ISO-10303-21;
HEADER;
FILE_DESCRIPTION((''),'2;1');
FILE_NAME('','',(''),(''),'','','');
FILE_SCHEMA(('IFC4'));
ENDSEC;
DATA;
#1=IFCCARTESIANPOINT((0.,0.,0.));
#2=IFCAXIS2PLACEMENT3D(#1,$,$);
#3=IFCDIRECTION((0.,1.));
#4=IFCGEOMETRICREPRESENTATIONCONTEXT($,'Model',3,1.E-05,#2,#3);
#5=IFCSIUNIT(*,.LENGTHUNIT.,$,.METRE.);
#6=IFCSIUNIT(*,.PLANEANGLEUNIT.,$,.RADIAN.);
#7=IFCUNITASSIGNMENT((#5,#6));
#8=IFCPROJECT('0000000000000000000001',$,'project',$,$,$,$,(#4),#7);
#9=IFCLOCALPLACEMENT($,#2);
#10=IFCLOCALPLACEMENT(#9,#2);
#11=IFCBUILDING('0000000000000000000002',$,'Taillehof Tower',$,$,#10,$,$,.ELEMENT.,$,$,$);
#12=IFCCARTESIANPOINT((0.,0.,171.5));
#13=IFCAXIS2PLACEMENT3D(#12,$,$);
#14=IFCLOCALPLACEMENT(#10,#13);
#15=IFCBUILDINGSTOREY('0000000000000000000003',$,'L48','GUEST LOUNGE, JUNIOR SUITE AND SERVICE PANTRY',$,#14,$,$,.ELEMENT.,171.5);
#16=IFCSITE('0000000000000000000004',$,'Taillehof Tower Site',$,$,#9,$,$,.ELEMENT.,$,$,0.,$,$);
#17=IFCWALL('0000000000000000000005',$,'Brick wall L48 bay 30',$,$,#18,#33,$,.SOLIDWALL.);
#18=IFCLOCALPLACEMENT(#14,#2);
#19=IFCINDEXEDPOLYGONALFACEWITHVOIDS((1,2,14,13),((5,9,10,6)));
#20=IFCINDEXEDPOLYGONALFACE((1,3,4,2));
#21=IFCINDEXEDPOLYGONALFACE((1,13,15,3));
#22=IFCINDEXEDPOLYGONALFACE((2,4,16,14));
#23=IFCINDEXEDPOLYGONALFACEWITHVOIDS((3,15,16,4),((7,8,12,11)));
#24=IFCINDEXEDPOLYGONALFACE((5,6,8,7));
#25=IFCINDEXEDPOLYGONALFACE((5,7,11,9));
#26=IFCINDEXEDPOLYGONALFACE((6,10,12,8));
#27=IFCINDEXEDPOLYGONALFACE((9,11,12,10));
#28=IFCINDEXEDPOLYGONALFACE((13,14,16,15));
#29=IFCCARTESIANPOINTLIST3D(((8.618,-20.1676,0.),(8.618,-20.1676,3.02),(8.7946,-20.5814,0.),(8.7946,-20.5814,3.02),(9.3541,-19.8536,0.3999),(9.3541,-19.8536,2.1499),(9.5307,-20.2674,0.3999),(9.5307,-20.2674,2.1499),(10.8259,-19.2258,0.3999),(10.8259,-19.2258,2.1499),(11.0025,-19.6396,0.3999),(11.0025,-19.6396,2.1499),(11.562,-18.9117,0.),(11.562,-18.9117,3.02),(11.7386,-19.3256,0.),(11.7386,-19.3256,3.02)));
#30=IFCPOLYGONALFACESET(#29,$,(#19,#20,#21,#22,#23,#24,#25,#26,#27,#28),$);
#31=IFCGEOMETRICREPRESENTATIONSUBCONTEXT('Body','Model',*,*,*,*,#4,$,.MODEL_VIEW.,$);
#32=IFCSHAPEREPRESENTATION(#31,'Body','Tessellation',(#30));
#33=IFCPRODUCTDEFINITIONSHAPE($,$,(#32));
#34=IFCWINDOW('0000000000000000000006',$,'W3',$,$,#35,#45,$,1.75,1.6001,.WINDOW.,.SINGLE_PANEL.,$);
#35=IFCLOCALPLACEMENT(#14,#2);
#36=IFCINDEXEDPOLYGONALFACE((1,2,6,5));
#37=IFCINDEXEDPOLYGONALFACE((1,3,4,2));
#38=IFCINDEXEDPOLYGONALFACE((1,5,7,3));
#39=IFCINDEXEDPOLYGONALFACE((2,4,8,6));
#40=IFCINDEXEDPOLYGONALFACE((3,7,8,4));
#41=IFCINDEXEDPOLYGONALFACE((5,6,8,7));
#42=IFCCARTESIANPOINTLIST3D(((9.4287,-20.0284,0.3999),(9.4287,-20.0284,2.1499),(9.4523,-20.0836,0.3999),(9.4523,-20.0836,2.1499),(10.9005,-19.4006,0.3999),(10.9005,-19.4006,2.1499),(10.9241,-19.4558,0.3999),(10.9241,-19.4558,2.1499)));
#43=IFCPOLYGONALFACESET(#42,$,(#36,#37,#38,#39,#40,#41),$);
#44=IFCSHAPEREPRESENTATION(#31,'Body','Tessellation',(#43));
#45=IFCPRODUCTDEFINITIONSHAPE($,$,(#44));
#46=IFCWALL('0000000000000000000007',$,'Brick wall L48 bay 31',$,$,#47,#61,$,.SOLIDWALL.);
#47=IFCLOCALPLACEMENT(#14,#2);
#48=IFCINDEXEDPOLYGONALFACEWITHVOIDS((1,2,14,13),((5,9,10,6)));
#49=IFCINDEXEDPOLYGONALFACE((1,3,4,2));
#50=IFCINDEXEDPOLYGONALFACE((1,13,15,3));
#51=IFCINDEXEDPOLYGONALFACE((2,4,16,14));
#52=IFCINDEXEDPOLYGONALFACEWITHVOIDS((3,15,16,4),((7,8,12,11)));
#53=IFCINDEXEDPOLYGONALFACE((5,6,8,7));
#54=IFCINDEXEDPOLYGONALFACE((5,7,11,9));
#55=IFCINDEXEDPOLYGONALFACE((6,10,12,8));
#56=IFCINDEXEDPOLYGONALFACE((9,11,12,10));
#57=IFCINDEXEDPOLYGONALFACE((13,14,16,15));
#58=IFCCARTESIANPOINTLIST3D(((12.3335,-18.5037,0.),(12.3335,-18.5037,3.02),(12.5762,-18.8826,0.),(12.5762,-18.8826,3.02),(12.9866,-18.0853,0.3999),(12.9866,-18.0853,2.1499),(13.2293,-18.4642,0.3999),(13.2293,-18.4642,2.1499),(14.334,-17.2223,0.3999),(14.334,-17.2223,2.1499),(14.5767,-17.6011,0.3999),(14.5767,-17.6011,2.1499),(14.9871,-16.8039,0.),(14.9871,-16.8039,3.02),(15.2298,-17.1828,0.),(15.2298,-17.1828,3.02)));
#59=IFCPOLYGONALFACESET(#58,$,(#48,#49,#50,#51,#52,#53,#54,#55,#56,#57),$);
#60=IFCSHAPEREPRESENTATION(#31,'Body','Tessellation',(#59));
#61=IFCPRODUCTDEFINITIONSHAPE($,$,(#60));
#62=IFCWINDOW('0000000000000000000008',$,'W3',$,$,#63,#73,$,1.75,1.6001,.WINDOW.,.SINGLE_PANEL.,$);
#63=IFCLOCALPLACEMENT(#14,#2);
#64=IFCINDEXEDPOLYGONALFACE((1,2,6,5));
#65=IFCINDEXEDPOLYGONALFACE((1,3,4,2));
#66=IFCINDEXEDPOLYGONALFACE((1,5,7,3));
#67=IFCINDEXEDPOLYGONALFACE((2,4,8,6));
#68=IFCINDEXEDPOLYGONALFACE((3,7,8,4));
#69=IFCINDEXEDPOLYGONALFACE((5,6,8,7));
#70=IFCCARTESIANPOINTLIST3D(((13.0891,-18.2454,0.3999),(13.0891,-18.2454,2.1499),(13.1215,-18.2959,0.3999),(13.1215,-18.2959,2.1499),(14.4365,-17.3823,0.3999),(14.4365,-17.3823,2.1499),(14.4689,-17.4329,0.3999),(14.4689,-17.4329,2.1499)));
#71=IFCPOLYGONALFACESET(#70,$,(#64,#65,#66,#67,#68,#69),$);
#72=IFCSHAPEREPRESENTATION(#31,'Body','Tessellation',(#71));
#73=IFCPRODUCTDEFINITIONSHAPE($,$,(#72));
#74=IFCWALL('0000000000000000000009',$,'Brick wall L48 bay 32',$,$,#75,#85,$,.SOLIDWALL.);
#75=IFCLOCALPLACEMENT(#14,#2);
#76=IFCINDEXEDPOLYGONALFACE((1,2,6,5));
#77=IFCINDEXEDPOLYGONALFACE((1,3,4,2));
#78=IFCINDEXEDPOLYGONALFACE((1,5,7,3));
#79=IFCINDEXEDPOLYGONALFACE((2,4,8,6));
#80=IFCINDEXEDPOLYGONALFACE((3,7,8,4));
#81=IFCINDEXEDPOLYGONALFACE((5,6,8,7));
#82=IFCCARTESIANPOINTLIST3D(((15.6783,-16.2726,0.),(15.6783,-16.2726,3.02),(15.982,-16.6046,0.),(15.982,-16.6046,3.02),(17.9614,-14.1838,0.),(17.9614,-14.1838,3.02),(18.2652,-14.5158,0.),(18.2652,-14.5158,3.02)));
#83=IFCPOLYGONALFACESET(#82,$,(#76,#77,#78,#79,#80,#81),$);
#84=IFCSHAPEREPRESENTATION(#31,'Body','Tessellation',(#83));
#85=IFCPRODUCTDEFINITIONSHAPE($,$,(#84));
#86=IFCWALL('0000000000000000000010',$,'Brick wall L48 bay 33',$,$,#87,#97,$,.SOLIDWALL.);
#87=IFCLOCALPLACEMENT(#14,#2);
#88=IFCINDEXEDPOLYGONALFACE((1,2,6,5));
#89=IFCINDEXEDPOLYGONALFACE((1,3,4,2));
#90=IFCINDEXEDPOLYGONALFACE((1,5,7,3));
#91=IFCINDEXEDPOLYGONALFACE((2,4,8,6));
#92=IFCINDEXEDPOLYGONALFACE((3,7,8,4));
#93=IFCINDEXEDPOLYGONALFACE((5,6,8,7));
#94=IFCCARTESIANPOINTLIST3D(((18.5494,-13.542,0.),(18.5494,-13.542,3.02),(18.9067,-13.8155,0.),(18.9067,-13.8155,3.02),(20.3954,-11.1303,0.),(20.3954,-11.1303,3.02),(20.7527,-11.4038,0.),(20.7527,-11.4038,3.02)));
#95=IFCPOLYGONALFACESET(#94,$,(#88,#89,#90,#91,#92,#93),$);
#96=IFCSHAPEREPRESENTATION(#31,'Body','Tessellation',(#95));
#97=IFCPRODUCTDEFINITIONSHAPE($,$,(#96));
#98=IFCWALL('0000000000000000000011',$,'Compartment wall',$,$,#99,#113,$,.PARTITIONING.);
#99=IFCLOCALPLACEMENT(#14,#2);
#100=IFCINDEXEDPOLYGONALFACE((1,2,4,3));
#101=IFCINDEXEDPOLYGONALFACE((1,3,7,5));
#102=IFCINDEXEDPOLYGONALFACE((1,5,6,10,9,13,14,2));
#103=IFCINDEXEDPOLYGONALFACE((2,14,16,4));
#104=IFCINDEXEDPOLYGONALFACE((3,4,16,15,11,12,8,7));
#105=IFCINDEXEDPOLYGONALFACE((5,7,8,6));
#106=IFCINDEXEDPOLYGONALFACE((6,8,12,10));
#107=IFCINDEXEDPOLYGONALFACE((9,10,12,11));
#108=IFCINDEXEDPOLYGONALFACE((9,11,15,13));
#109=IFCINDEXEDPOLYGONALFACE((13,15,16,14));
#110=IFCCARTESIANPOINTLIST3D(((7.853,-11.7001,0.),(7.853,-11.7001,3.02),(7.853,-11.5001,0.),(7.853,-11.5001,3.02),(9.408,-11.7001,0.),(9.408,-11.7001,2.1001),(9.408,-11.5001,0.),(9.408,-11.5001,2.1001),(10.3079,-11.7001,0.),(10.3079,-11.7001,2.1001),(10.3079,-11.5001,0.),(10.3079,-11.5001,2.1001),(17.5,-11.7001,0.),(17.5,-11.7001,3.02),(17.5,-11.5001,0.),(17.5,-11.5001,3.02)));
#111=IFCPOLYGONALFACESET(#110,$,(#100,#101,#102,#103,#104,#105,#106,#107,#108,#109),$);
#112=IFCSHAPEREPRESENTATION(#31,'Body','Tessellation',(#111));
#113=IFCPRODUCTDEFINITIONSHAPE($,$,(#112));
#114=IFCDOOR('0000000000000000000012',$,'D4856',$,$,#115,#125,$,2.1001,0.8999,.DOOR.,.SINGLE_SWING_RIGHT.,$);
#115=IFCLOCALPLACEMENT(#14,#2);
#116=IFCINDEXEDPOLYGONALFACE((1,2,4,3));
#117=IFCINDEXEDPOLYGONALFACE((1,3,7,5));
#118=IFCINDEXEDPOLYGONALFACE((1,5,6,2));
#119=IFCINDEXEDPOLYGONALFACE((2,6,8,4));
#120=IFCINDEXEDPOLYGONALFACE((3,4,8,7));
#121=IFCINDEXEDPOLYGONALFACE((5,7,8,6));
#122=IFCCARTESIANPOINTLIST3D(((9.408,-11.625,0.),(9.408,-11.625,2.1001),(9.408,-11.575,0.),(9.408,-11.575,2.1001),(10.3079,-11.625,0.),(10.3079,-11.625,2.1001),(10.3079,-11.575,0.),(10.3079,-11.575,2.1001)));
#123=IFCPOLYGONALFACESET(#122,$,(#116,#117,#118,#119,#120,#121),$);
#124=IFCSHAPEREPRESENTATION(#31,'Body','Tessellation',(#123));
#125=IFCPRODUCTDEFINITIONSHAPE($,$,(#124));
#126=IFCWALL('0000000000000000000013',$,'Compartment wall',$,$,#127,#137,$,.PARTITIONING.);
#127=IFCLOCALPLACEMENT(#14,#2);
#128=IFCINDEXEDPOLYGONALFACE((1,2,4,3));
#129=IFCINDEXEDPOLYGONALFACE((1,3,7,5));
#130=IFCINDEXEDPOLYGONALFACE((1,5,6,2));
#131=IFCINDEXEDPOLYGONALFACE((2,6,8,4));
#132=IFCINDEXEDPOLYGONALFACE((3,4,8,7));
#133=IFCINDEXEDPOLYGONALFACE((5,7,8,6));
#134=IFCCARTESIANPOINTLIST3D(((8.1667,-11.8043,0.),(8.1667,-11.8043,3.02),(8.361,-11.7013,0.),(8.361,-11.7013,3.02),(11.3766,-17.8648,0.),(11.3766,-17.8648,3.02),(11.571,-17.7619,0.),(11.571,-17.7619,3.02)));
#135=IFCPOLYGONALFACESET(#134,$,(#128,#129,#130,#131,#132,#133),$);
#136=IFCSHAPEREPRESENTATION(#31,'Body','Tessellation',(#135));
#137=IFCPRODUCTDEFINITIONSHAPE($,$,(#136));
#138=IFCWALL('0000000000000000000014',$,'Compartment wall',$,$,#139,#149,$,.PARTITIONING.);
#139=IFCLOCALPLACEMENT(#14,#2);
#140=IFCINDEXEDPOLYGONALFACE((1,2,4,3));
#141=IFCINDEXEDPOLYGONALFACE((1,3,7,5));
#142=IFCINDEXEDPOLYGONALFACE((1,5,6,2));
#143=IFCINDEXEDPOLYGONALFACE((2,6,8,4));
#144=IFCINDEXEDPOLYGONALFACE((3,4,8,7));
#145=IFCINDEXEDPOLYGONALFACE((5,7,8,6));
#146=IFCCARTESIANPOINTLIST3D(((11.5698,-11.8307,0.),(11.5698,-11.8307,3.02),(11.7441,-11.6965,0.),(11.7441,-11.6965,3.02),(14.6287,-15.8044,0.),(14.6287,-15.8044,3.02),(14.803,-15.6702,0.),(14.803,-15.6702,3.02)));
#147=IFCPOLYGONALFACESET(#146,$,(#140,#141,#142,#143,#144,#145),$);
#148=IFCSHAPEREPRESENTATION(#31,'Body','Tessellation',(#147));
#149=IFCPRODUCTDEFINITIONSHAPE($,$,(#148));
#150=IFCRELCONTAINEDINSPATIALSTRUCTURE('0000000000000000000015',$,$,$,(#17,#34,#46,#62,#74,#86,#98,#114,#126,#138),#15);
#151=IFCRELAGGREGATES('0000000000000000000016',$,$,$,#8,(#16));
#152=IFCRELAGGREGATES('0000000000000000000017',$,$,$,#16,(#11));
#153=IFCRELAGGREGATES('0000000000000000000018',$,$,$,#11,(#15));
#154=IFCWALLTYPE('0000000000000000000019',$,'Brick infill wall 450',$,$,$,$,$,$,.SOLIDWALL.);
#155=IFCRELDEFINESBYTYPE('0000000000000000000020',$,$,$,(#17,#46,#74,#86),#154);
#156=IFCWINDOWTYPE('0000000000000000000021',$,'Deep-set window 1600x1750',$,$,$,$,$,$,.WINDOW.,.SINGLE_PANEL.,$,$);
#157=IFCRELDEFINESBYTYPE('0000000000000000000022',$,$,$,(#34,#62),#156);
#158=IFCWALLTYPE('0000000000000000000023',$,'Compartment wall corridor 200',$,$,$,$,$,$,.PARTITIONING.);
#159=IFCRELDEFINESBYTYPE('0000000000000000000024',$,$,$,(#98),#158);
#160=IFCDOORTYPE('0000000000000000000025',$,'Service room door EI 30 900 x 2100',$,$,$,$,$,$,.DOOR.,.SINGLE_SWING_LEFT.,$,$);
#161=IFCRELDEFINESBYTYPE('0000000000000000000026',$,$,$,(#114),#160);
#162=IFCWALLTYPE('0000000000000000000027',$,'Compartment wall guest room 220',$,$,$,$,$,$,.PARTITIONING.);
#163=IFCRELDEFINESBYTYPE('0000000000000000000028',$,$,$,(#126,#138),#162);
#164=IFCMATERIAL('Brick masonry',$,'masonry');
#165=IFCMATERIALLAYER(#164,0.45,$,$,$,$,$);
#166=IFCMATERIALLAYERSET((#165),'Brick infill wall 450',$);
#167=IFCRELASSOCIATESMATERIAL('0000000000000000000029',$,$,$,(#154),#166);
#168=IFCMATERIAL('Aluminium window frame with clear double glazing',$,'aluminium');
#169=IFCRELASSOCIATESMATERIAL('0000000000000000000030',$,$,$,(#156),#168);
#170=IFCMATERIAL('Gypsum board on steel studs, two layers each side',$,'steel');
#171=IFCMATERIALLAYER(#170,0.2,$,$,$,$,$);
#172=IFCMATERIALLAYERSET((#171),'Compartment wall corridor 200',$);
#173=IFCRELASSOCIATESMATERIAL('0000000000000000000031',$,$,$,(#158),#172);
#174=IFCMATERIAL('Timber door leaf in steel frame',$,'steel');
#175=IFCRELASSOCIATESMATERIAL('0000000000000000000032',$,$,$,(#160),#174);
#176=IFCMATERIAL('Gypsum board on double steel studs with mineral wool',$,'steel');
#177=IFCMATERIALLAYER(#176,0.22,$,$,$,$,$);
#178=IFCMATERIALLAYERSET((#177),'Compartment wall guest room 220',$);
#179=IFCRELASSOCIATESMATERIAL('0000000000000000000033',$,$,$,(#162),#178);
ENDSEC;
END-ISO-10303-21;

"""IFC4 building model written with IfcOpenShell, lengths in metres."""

from ifc_helpers import new_model, si_unit, direction, frame, frame_2d, origin, place, context, subcontext, project, spatial, rectangle, extrude, material, layer, layer_set, type_object, element, fill, save


model = new_model("IFC4")

# Units and contexts
model_context = context("Model", 3, precision=1e-05, world=origin(), true_north=direction((0.0, 1.0)))
body_context = subcontext(model_context, "Body", "Model", "MODEL_VIEW")
ifc_project = project(units=[si_unit("LENGTHUNIT", "METRE"), si_unit("PLANEANGLEUNIT", "RADIAN")], contexts=[model_context])

# Site, building, storey
site_placement = place(None, origin())
site = spatial("IfcSite", under=ifc_project, at=site_placement, Name="Taillehof Tower Site", CompositionType="ELEMENT", RefElevation=0.0)
building_placement = place(site_placement, origin())
building = spatial("IfcBuilding", under=site, at=building_placement, Name="Taillehof Tower", CompositionType="ELEMENT")
storey_placement = place(building_placement, frame((0.0, 0.0, 171.5)))
storey = spatial("IfcBuildingStorey", under=building, at=storey_placement, Name="L48", Description="GUEST LOUNGE, JUNIOR SUITE AND SERVICE PANTRY", CompositionType="ELEMENT", Elevation=171.5)

# Walls, openings, windows
ifc_material_1 = material(Name="Brick masonry", Category="masonry")
ifc_layer_1 = layer(ifc_material_1, 0.45)
ifc_layer_set_1 = layer_set([ifc_layer_1], Name="Brick infill wall 450")
wall_type_1 = type_object("IfcWallType", Name="Brick infill wall 450", PredefinedType="SOLIDWALL", material=ifc_layer_set_1)
wall_1_placement = place(storey_placement, frame((8.7063, -20.3745, 0.0), z_axis=(0.0, 0.0, 1.0), x_axis=(0.91981, 0.392363, 0.0)))
wall_1 = element("IfcWall", 1, at=wall_1_placement, inside=storey, type_object=wall_type_1, Name="Brick wall L48 bay 30", PredefinedType="SOLIDWALL", context=body_context, shape_type="SweptSolid", body=[
    extrude(rectangle(XDim=3.2007, YDim=0.45, at=frame_2d((1.6003, 0.0))), origin(), (0.0, 0.0, 1.0), 3.02),
])
opening_1_placement = place(wall_1_placement, frame((0.8003, 0.0, 0.3999)))
opening_1 = element("IfcOpeningElement", 2, at=opening_1_placement, cuts=wall_1, PredefinedType="OPENING", context=body_context, shape_type="SweptSolid", body=[
    extrude(rectangle(XDim=1.6001, YDim=1.75, at=frame_2d((0.8, 0.875))), frame((0.0, 0.2349, 0.0), z_axis=(0.0, -1.0, 0.0), x_axis=(1.0, 0.0, 0.0)), (0.0, 0.0, 1.0), 0.47),
])
ifc_material_2 = material(Name="Aluminium window frame with clear double glazing", Category="aluminium")
window_type = type_object("IfcWindowType", Name="Deep-set window 1600x1750", PartitioningType="SINGLE_PANEL", PredefinedType="WINDOW", material=ifc_material_2)
window_1_placement = place(opening_1_placement, origin())
window_1 = element("IfcWindow", 3, at=window_1_placement, inside=storey, type_object=window_type, Name="W3", OverallHeight=1.75, OverallWidth=1.6001, PartitioningType="SINGLE_PANEL", PredefinedType="WINDOW", context=body_context, shape_type="SweptSolid", body=[
    extrude(rectangle(XDim=1.6001, YDim=1.75, at=frame_2d((0.8, 0.875))), frame((0.0, 0.0349, 0.0), z_axis=(0.0, -1.0, 0.0), x_axis=(1.0, 0.0, 0.0)), (0.0, 0.0, 1.0), 0.0601),
])
fill(opening_1, window_1)
wall_2_placement = place(storey_placement, frame((12.4548, -18.6931, 0.0), z_axis=(0.0, 0.0, 1.0), x_axis=(0.842066, 0.539375, 0.0)))
wall_2 = element("IfcWall", 4, at=wall_2_placement, inside=storey, type_object=wall_type_1, Name="Brick wall L48 bay 31", PredefinedType="SOLIDWALL", context=body_context, shape_type="SweptSolid", body=[
    extrude(rectangle(XDim=3.1514, YDim=0.45, at=frame_2d((1.5757, 0.0))), origin(), (0.0, 0.0, 1.0), 3.02),
])
opening_2_placement = place(wall_2_placement, frame((0.7756, 0.0, 0.3999)))
opening_2 = element("IfcOpeningElement", 5, at=opening_2_placement, cuts=wall_2, PredefinedType="OPENING", context=body_context, shape_type="SweptSolid", body=[
    extrude(rectangle(XDim=1.6001, YDim=1.75, at=frame_2d((0.8, 0.875))), frame((0.0, 0.2349, 0.0), z_axis=(0.0, -1.0, 0.0), x_axis=(1.0, 0.0, 0.0)), (0.0, 0.0, 1.0), 0.47),
])
window_2_placement = place(opening_2_placement, origin())
window_2 = element("IfcWindow", 6, at=window_2_placement, inside=storey, type_object=window_type, Name="W3", OverallHeight=1.75, OverallWidth=1.6001, PartitioningType="SINGLE_PANEL", PredefinedType="WINDOW", context=body_context, shape_type="SweptSolid", body=[
    extrude(rectangle(XDim=1.6001, YDim=1.75, at=frame_2d((0.8, 0.875))), frame((0.0, 0.0349, 0.0), z_axis=(0.0, -1.0, 0.0), x_axis=(1.0, 0.0, 0.0)), (0.0, 0.0, 1.0), 0.0601),
])
fill(opening_2, window_2)

# Walls
wall_3_placement = place(storey_placement, frame((15.8301, -16.4387, 0.0), z_axis=(0.0, 0.0, 1.0), x_axis=(0.737809, 0.67501, 0.0)))
element("IfcWall", 7, at=wall_3_placement, inside=storey, type_object=wall_type_1, Name="Brick wall L48 bay 32", PredefinedType="SOLIDWALL", context=body_context, shape_type="SweptSolid", body=[
    extrude(rectangle(XDim=3.0945, YDim=0.45, at=frame_2d((1.5474, 0.0))), origin(), (0.0, 0.0, 1.0), 3.02),
])
wall_4_placement = place(storey_placement, frame((18.728, -13.6787, 0.0), z_axis=(0.0, 0.0, 1.0), x_axis=(0.607817, 0.794077, 0.0)))
element("IfcWall", 8, at=wall_4_placement, inside=storey, type_object=wall_type_1, Name="Brick wall L48 bay 33", PredefinedType="SOLIDWALL", context=body_context, shape_type="SweptSolid", body=[
    extrude(rectangle(XDim=3.0371, YDim=0.45, at=frame_2d((1.5186, 0.0))), origin(), (0.0, 0.0, 1.0), 3.02),
])

# Wall, opening, door
ifc_material_3 = material(Name="Gypsum board on steel studs, two layers each side", Category="steel")
ifc_layer_2 = layer(ifc_material_3, 0.2)
ifc_layer_set_2 = layer_set([ifc_layer_2], Name="Compartment wall corridor 200")
wall_type_2 = type_object("IfcWallType", Name="Compartment wall corridor 200", PredefinedType="PARTITIONING", material=ifc_layer_set_2)
wall_5_placement = place(storey_placement, frame((17.5, -11.6001, 0.0), z_axis=(0.0, 0.0, 1.0), x_axis=(-1.0, 0.0, 0.0)))
wall_5 = element("IfcWall", 9, at=wall_5_placement, inside=storey, type_object=wall_type_2, Name="Compartment wall", PredefinedType="PARTITIONING", context=body_context, shape_type="SweptSolid", body=[
    extrude(rectangle(XDim=9.647, YDim=0.2, at=frame_2d((4.8235, 0.0))), origin(), (0.0, 0.0, 1.0), 3.02),
])
opening_3_placement = place(wall_5_placement, frame((7.1921, 0.0, 0.0)))
opening_3 = element("IfcOpeningElement", 10, at=opening_3_placement, cuts=wall_5, PredefinedType="OPENING", context=body_context, shape_type="SweptSolid", body=[
    extrude(rectangle(XDim=0.8999, YDim=2.1001, at=frame_2d((0.45, 1.05))), frame((0.0, 0.1099, 0.0), z_axis=(0.0, -1.0, 0.0), x_axis=(1.0, 0.0, 0.0)), (0.0, 0.0, 1.0), 0.22),
])
ifc_material_4 = material(Name="Timber door leaf in steel frame", Category="steel")
door_type = type_object("IfcDoorType", Name="Service room door EI 30 900 x 2100", OperationType="SINGLE_SWING_LEFT", PredefinedType="DOOR", material=ifc_material_4)
door_placement = place(opening_3_placement, origin())
door = element("IfcDoor", 11, at=door_placement, inside=storey, type_object=door_type, Name="D4856", OperationType="SINGLE_SWING_RIGHT", OverallHeight=2.1001, OverallWidth=0.8999, PredefinedType="DOOR", context=body_context, shape_type="SweptSolid", body=[
    extrude(rectangle(XDim=0.8999, YDim=2.1001, at=frame_2d((0.45, 1.05))), frame((0.0, 0.0249, 0.0), z_axis=(0.0, -1.0, 0.0), x_axis=(1.0, 0.0, 0.0)), (0.0, 0.0, 1.0), 0.05),
])
fill(opening_3, door)

# Walls
ifc_material_5 = material(Name="Gypsum board on double steel studs with mineral wool", Category="steel")
ifc_layer_3 = layer(ifc_material_5, 0.22)
ifc_layer_set_3 = layer_set([ifc_layer_3], Name="Compartment wall guest room 220")
wall_type_3 = type_object("IfcWallType", Name="Compartment wall guest room 220", PredefinedType="PARTITIONING", material=ifc_layer_set_3)
wall_6_placement = place(storey_placement, frame((11.4739, -17.8135, 0.0), z_axis=(0.0, 0.0, 1.0), x_axis=(-0.468051, 0.883701, 0.0)))
element("IfcWall", 12, at=wall_6_placement, inside=storey, type_object=wall_type_3, Name="Compartment wall", PredefinedType="PARTITIONING", context=body_context, shape_type="SweptSolid", body=[
    extrude(rectangle(XDim=6.8582, YDim=0.22, at=frame_2d((3.4292, 0.0))), origin(), (0.0, 0.0, 1.0), 3.02),
])
wall_7_placement = place(storey_placement, frame((14.7158, -15.7373, 0.0), z_axis=(0.0, 0.0, 1.0), x_axis=(-0.609986, 0.792412, 0.0)))
element("IfcWall", 13, at=wall_7_placement, inside=storey, type_object=wall_type_3, Name="Compartment wall", PredefinedType="PARTITIONING", context=body_context, shape_type="SweptSolid", body=[
    extrude(rectangle(XDim=5.0146, YDim=0.22, at=frame_2d((2.5073, 0.0))), origin(), (0.0, 0.0, 1.0), 3.02),
])

save(model, "model.ifc")
